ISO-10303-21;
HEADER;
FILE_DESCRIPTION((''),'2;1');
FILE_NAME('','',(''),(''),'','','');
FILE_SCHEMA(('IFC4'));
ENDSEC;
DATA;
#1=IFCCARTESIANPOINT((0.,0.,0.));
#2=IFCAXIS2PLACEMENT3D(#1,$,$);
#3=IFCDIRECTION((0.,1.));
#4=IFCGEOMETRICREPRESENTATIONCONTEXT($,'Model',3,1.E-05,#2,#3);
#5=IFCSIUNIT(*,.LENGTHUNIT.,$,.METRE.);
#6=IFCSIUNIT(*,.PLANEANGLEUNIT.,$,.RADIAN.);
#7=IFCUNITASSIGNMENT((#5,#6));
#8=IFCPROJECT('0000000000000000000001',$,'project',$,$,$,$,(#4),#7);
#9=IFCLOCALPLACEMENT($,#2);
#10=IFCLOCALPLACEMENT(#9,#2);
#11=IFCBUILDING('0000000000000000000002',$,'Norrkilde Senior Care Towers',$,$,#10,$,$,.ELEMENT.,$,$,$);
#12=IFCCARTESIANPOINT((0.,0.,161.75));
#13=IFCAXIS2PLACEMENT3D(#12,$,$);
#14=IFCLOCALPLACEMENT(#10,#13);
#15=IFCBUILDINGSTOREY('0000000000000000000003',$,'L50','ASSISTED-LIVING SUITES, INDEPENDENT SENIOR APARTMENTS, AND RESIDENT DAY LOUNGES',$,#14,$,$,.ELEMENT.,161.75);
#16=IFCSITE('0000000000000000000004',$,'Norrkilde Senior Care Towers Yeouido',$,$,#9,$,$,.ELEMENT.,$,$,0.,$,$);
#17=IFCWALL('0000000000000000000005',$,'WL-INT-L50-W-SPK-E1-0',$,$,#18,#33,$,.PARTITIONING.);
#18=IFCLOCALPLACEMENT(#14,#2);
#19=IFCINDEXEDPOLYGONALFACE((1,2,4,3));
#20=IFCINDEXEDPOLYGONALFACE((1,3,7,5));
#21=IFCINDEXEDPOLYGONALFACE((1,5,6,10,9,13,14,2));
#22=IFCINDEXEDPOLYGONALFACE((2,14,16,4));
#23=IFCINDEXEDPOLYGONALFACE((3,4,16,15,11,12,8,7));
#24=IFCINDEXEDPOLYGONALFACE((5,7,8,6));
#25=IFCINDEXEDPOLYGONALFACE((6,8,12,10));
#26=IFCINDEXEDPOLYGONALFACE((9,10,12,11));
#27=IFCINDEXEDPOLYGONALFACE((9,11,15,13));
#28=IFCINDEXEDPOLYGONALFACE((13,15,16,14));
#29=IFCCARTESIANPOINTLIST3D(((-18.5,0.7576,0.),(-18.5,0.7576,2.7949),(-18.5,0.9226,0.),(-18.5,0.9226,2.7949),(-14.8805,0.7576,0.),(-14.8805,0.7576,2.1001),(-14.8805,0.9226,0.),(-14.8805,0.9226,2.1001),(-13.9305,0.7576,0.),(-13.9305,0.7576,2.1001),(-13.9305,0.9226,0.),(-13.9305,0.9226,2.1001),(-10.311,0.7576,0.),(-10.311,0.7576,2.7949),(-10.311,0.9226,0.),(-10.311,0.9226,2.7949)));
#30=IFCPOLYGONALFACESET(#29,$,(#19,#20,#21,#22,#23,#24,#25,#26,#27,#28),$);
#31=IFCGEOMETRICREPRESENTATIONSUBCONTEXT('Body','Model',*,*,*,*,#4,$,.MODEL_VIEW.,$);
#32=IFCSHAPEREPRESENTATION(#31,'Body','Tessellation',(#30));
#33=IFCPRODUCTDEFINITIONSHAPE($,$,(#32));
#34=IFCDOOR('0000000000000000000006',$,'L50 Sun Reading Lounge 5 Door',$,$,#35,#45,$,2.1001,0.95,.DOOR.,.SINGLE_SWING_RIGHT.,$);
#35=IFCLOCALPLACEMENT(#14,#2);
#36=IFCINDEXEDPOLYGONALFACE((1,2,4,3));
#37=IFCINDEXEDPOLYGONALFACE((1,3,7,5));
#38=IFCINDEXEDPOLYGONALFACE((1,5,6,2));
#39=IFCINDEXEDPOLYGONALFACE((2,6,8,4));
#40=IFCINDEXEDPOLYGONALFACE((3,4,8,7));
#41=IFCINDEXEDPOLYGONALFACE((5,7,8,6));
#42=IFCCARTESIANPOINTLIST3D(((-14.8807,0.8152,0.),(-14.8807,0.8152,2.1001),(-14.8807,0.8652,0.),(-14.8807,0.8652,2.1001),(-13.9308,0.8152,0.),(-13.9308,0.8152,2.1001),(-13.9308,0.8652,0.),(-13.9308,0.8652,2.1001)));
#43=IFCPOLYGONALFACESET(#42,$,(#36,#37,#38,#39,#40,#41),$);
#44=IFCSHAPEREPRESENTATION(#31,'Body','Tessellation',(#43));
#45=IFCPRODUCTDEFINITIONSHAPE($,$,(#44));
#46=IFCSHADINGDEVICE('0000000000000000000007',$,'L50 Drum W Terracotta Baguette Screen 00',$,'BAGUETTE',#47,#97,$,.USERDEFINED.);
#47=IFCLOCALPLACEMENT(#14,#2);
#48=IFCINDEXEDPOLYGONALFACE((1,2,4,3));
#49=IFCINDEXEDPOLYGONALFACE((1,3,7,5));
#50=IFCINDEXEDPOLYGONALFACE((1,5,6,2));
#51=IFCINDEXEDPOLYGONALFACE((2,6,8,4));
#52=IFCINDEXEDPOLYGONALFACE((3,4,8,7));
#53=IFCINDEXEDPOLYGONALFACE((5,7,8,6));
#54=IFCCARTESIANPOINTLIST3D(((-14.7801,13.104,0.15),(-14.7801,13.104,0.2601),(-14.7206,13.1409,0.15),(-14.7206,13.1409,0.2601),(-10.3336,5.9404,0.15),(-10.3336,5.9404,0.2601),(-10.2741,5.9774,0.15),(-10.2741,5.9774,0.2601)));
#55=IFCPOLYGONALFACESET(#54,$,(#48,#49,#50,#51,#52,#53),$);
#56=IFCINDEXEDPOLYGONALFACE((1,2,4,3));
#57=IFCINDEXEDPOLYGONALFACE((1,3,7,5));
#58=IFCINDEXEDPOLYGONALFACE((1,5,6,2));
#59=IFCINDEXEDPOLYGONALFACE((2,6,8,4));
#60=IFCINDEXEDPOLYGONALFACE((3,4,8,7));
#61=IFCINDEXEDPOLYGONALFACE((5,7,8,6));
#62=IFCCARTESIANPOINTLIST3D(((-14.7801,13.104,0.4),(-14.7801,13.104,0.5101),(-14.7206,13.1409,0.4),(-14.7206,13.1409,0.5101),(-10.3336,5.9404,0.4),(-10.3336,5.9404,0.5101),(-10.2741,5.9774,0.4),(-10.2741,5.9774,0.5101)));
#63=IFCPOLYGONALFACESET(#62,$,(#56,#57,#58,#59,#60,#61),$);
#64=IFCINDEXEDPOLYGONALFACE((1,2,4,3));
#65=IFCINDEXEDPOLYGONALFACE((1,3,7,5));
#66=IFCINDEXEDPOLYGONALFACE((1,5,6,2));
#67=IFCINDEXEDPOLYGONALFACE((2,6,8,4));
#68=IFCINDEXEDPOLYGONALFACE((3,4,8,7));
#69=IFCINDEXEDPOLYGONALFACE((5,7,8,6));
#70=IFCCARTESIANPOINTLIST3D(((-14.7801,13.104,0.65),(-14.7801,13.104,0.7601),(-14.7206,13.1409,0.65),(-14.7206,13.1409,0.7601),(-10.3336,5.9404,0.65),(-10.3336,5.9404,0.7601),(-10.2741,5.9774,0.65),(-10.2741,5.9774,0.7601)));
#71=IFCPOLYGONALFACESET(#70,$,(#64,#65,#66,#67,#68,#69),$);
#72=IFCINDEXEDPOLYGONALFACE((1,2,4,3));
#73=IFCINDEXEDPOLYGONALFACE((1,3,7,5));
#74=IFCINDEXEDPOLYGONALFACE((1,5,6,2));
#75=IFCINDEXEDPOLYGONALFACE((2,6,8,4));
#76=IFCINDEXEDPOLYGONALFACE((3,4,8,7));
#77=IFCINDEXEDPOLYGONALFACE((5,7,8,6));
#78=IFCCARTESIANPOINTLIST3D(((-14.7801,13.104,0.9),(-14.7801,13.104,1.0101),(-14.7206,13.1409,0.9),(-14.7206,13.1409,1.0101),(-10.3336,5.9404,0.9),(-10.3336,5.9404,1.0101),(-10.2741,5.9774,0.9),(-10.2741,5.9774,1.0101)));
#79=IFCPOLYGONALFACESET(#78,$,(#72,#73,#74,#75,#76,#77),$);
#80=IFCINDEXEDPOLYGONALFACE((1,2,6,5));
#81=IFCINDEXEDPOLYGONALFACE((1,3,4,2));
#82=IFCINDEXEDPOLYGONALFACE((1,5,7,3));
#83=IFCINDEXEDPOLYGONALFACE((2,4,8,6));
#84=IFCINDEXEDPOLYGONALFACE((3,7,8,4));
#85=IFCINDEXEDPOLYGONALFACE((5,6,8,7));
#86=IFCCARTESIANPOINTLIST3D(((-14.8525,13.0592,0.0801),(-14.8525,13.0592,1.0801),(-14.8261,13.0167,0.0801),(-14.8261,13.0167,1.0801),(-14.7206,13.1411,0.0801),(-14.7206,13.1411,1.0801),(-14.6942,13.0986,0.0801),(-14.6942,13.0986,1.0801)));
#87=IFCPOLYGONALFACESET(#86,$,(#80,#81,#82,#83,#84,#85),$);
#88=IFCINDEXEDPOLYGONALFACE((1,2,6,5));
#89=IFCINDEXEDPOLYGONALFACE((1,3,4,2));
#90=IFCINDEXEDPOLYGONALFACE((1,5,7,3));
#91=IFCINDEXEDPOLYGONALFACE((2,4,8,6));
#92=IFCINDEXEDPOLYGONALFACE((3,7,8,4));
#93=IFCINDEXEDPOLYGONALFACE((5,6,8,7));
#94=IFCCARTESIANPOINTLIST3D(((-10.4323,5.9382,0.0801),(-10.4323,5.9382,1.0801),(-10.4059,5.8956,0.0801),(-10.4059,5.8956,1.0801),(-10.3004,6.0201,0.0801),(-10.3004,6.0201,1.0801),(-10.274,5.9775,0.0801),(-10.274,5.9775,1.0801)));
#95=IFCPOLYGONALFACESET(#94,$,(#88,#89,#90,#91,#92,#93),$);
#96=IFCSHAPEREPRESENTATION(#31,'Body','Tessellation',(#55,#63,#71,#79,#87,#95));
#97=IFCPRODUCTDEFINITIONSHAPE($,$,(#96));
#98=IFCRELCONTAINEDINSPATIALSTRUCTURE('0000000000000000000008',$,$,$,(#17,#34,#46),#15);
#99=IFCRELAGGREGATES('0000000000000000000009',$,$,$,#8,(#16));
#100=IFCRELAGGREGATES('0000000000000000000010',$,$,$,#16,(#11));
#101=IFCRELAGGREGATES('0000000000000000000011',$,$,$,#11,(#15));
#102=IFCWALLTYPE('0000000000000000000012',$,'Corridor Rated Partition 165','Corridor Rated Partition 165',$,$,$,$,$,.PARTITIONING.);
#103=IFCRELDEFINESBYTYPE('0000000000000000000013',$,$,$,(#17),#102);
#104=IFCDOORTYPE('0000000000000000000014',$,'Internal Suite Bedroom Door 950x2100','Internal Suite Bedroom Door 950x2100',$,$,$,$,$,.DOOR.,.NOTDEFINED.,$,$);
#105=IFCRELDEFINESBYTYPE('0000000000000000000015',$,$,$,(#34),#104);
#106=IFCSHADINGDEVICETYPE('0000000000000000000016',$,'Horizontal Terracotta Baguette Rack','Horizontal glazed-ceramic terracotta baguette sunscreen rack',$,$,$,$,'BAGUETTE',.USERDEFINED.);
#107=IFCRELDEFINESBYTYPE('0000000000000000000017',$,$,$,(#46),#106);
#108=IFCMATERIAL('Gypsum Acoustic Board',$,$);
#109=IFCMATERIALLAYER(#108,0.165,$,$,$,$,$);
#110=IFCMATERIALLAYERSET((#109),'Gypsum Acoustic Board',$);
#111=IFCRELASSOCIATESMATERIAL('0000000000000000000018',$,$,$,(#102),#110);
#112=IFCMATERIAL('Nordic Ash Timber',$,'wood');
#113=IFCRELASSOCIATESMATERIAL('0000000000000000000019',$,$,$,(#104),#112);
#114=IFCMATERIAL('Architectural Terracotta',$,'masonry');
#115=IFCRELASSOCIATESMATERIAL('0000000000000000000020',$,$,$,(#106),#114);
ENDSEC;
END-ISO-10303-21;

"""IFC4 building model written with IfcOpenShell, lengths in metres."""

from ifc_helpers import new_model, si_unit, direction, frame, frame_2d, origin, origin_2d, place, context, subcontext, project, spatial, rectangle, extrude, source, transform, mapped, material, layer, layer_set, type_object, type_shapes, element, fill, save


model = new_model("IFC4")

# Units and contexts
model_context = context("Model", 3, precision=1e-05, world=origin(), true_north=direction((0.0, 1.0)))
body_context = subcontext(model_context, "Body", "Model", "MODEL_VIEW")
ifc_project = project(units=[si_unit("LENGTHUNIT", "METRE"), si_unit("PLANEANGLEUNIT", "RADIAN")], contexts=[model_context])

# Site, building, storey
site_placement = place(None, origin())
site = spatial("IfcSite", under=ifc_project, at=site_placement, Name="Norrkilde Senior Care Towers Yeouido", CompositionType="ELEMENT", RefElevation=0.0)
building_placement = place(site_placement, origin())
building = spatial("IfcBuilding", under=site, at=building_placement, Name="Norrkilde Senior Care Towers", CompositionType="ELEMENT")
storey_placement = place(building_placement, frame((0.0, 0.0, 161.75)))
storey = spatial("IfcBuildingStorey", under=building, at=storey_placement, Name="L50", Description="ASSISTED-LIVING SUITES, INDEPENDENT SENIOR APARTMENTS, AND RESIDENT DAY LOUNGES", CompositionType="ELEMENT", Elevation=161.75)

# Shared definitions
ifc_material_1 = material(Name="Gypsum Acoustic Board")
ifc_layer_1 = layer(ifc_material_1, 0.165)
ifc_layer_set_1 = layer_set([ifc_layer_1], Name="Gypsum Acoustic Board")
wall_type_1 = type_object("IfcWallType", Name="Corridor Rated Partition 165", Description="Corridor Rated Partition 165", PredefinedType="PARTITIONING", material=ifc_layer_set_1)

# Wall, opening, door
shared_shape_1 = source(origin(), body_context, "Body", "SweptSolid", [
    extrude(rectangle(XDim=8.189, YDim=0.165, at=frame_2d((4.0945, 0.0))), origin(), (0.0, 0.0, 1.0), 2.7949),
])
wall_1_placement = place(storey_placement, frame((-18.5, 0.8401, 0.0), z_axis=(0.0, 0.0, 1.0), x_axis=(1.0, 0.0, 0.0)))
wall_1 = element("IfcWall", 1, at=wall_1_placement, inside=storey, type_object=wall_type_1, Name="WL-INT-L50-W-SPK-E1-0", PredefinedType="PARTITIONING", context=body_context, shape_type="MappedRepresentation", body=[
    mapped(shared_shape_1, transform((0.0, 0.0, 0.0), x_axis=(1.0, 0.0, 0.0), y_axis=(0.0, 1.0, 0.0), z_axis=(0.0, 0.0, 1.0), scale=1.0)),
])
opening_1_placement = place(wall_1_placement, frame((3.6194, 0.0, 0.0)))
opening_1 = element("IfcOpeningElement", 2, at=opening_1_placement, cuts=wall_1, PredefinedType="OPENING", context=body_context, shape_type="SweptSolid", body=[
    extrude(rectangle(XDim=0.95, YDim=2.1001, at=frame_2d((0.4751, 1.05))), frame((0.0, 0.0925, 0.0), z_axis=(0.0, -1.0, 0.0), x_axis=(1.0, 0.0, 0.0)), (0.0, 0.0, 1.0), 0.1851),
])
ifc_material_2 = material(Name="Nordic Ash Timber", Category="wood")
door_type_1 = type_object("IfcDoorType", Name="Internal Suite Bedroom Door 950x2100", Description="Internal Suite Bedroom Door 950x2100", OperationType="NOTDEFINED", PredefinedType="DOOR", material=ifc_material_2)
shared_shape_2 = source(origin(), body_context, "Body", "SweptSolid", [
    extrude(rectangle(XDim=0.95, YDim=2.1001, at=frame_2d((0.4751, 1.05))), frame((0.0, 0.0249, 0.0), z_axis=(0.0, -1.0, 0.0), x_axis=(1.0, 0.0, 0.0)), (0.0, 0.0, 1.0), 0.05),
])
type_shapes(door_type_1, [shared_shape_2])
door_1_placement = place(opening_1_placement, frame((0.95, 0.0, 0.0), z_axis=(0.0, 0.0, 1.0), x_axis=(-1.0, 0.0, 0.0)))
door_1 = element("IfcDoor", 3, at=door_1_placement, inside=storey, type_object=door_type_1, Name="L50 Sun Reading Lounge 5 Door", OperationType="SINGLE_SWING_RIGHT", OverallHeight=2.1001, OverallWidth=0.95, PredefinedType="DOOR", context=body_context, shape_type="MappedRepresentation", body=[
    mapped(shared_shape_2, transform((0.0, 0.0, 0.0), x_axis=(1.0, 0.0, 0.0), y_axis=(0.0, 1.0, 0.0), z_axis=(0.0, 0.0, 1.0), scale=1.0)),
])
fill(opening_1, door_1)

# Shading device
ifc_material_3 = material(Name="Architectural Terracotta", Category="masonry")
shading_device_type = type_object("IfcShadingDeviceType", Name="Horizontal Terracotta Baguette Rack", Description="Horizontal glazed-ceramic terracotta baguette sunscreen rack", ElementType="BAGUETTE", PredefinedType="USERDEFINED", material=ifc_material_3)
shared_shape_3 = source(origin(), body_context, "Body", "SweptSolid", [
    extrude(rectangle(XDim=0.0701, YDim=0.1101, at=origin_2d()), frame((0.0, 0.0901, 0.125), z_axis=(1.0, 0.0, 0.0), x_axis=(0.0, 1.0, 0.0)), (0.0, 0.0, 1.0), 8.4314),
    extrude(rectangle(XDim=0.0701, YDim=0.1101, at=origin_2d()), frame((0.0, 0.0901, 0.375), z_axis=(1.0, 0.0, 0.0), x_axis=(0.0, 1.0, 0.0)), (0.0, 0.0, 1.0), 8.4314),
    extrude(rectangle(XDim=0.0701, YDim=0.1101, at=origin_2d()), frame((0.0, 0.0901, 0.625), z_axis=(1.0, 0.0, 0.0), x_axis=(0.0, 1.0, 0.0)), (0.0, 0.0, 1.0), 8.4314),
    extrude(rectangle(XDim=0.0701, YDim=0.1101, at=origin_2d()), frame((0.0, 0.0901, 0.875), z_axis=(1.0, 0.0, 0.0), x_axis=(0.0, 1.0, 0.0)), (0.0, 0.0, 1.0), 8.4314),
    extrude(rectangle(XDim=0.05, YDim=0.1553, at=origin_2d()), frame((0.0249, 0.0476, 0.0)), (0.0, 0.0, 1.0), 1.0),
    extrude(rectangle(XDim=0.05, YDim=0.1553, at=origin_2d()), frame((8.4062, 0.0476, 0.0)), (0.0, 0.0, 1.0), 1.0),
])
type_shapes(shading_device_type, [shared_shape_3])
shading_device_placement = place(storey_placement, frame((-14.8269, 13.075, 0.0801), z_axis=(0.0, 0.0, 1.0), x_axis=(0.527378, -0.849631, 0.0)))
element("IfcShadingDevice", 4, at=shading_device_placement, inside=storey, type_object=shading_device_type, Name="L50 Drum W Terracotta Baguette Screen 00", ObjectType="BAGUETTE", PredefinedType="USERDEFINED", context=body_context, shape_type="MappedRepresentation", body=[
    mapped(shared_shape_3, transform((0.0, 0.0, 0.0), x_axis=(1.0, 0.0, 0.0), y_axis=(0.0, 1.0, 0.0), z_axis=(0.0, 0.0, 1.0), scale=1.0)),
])

save(model, "model.ifc")
